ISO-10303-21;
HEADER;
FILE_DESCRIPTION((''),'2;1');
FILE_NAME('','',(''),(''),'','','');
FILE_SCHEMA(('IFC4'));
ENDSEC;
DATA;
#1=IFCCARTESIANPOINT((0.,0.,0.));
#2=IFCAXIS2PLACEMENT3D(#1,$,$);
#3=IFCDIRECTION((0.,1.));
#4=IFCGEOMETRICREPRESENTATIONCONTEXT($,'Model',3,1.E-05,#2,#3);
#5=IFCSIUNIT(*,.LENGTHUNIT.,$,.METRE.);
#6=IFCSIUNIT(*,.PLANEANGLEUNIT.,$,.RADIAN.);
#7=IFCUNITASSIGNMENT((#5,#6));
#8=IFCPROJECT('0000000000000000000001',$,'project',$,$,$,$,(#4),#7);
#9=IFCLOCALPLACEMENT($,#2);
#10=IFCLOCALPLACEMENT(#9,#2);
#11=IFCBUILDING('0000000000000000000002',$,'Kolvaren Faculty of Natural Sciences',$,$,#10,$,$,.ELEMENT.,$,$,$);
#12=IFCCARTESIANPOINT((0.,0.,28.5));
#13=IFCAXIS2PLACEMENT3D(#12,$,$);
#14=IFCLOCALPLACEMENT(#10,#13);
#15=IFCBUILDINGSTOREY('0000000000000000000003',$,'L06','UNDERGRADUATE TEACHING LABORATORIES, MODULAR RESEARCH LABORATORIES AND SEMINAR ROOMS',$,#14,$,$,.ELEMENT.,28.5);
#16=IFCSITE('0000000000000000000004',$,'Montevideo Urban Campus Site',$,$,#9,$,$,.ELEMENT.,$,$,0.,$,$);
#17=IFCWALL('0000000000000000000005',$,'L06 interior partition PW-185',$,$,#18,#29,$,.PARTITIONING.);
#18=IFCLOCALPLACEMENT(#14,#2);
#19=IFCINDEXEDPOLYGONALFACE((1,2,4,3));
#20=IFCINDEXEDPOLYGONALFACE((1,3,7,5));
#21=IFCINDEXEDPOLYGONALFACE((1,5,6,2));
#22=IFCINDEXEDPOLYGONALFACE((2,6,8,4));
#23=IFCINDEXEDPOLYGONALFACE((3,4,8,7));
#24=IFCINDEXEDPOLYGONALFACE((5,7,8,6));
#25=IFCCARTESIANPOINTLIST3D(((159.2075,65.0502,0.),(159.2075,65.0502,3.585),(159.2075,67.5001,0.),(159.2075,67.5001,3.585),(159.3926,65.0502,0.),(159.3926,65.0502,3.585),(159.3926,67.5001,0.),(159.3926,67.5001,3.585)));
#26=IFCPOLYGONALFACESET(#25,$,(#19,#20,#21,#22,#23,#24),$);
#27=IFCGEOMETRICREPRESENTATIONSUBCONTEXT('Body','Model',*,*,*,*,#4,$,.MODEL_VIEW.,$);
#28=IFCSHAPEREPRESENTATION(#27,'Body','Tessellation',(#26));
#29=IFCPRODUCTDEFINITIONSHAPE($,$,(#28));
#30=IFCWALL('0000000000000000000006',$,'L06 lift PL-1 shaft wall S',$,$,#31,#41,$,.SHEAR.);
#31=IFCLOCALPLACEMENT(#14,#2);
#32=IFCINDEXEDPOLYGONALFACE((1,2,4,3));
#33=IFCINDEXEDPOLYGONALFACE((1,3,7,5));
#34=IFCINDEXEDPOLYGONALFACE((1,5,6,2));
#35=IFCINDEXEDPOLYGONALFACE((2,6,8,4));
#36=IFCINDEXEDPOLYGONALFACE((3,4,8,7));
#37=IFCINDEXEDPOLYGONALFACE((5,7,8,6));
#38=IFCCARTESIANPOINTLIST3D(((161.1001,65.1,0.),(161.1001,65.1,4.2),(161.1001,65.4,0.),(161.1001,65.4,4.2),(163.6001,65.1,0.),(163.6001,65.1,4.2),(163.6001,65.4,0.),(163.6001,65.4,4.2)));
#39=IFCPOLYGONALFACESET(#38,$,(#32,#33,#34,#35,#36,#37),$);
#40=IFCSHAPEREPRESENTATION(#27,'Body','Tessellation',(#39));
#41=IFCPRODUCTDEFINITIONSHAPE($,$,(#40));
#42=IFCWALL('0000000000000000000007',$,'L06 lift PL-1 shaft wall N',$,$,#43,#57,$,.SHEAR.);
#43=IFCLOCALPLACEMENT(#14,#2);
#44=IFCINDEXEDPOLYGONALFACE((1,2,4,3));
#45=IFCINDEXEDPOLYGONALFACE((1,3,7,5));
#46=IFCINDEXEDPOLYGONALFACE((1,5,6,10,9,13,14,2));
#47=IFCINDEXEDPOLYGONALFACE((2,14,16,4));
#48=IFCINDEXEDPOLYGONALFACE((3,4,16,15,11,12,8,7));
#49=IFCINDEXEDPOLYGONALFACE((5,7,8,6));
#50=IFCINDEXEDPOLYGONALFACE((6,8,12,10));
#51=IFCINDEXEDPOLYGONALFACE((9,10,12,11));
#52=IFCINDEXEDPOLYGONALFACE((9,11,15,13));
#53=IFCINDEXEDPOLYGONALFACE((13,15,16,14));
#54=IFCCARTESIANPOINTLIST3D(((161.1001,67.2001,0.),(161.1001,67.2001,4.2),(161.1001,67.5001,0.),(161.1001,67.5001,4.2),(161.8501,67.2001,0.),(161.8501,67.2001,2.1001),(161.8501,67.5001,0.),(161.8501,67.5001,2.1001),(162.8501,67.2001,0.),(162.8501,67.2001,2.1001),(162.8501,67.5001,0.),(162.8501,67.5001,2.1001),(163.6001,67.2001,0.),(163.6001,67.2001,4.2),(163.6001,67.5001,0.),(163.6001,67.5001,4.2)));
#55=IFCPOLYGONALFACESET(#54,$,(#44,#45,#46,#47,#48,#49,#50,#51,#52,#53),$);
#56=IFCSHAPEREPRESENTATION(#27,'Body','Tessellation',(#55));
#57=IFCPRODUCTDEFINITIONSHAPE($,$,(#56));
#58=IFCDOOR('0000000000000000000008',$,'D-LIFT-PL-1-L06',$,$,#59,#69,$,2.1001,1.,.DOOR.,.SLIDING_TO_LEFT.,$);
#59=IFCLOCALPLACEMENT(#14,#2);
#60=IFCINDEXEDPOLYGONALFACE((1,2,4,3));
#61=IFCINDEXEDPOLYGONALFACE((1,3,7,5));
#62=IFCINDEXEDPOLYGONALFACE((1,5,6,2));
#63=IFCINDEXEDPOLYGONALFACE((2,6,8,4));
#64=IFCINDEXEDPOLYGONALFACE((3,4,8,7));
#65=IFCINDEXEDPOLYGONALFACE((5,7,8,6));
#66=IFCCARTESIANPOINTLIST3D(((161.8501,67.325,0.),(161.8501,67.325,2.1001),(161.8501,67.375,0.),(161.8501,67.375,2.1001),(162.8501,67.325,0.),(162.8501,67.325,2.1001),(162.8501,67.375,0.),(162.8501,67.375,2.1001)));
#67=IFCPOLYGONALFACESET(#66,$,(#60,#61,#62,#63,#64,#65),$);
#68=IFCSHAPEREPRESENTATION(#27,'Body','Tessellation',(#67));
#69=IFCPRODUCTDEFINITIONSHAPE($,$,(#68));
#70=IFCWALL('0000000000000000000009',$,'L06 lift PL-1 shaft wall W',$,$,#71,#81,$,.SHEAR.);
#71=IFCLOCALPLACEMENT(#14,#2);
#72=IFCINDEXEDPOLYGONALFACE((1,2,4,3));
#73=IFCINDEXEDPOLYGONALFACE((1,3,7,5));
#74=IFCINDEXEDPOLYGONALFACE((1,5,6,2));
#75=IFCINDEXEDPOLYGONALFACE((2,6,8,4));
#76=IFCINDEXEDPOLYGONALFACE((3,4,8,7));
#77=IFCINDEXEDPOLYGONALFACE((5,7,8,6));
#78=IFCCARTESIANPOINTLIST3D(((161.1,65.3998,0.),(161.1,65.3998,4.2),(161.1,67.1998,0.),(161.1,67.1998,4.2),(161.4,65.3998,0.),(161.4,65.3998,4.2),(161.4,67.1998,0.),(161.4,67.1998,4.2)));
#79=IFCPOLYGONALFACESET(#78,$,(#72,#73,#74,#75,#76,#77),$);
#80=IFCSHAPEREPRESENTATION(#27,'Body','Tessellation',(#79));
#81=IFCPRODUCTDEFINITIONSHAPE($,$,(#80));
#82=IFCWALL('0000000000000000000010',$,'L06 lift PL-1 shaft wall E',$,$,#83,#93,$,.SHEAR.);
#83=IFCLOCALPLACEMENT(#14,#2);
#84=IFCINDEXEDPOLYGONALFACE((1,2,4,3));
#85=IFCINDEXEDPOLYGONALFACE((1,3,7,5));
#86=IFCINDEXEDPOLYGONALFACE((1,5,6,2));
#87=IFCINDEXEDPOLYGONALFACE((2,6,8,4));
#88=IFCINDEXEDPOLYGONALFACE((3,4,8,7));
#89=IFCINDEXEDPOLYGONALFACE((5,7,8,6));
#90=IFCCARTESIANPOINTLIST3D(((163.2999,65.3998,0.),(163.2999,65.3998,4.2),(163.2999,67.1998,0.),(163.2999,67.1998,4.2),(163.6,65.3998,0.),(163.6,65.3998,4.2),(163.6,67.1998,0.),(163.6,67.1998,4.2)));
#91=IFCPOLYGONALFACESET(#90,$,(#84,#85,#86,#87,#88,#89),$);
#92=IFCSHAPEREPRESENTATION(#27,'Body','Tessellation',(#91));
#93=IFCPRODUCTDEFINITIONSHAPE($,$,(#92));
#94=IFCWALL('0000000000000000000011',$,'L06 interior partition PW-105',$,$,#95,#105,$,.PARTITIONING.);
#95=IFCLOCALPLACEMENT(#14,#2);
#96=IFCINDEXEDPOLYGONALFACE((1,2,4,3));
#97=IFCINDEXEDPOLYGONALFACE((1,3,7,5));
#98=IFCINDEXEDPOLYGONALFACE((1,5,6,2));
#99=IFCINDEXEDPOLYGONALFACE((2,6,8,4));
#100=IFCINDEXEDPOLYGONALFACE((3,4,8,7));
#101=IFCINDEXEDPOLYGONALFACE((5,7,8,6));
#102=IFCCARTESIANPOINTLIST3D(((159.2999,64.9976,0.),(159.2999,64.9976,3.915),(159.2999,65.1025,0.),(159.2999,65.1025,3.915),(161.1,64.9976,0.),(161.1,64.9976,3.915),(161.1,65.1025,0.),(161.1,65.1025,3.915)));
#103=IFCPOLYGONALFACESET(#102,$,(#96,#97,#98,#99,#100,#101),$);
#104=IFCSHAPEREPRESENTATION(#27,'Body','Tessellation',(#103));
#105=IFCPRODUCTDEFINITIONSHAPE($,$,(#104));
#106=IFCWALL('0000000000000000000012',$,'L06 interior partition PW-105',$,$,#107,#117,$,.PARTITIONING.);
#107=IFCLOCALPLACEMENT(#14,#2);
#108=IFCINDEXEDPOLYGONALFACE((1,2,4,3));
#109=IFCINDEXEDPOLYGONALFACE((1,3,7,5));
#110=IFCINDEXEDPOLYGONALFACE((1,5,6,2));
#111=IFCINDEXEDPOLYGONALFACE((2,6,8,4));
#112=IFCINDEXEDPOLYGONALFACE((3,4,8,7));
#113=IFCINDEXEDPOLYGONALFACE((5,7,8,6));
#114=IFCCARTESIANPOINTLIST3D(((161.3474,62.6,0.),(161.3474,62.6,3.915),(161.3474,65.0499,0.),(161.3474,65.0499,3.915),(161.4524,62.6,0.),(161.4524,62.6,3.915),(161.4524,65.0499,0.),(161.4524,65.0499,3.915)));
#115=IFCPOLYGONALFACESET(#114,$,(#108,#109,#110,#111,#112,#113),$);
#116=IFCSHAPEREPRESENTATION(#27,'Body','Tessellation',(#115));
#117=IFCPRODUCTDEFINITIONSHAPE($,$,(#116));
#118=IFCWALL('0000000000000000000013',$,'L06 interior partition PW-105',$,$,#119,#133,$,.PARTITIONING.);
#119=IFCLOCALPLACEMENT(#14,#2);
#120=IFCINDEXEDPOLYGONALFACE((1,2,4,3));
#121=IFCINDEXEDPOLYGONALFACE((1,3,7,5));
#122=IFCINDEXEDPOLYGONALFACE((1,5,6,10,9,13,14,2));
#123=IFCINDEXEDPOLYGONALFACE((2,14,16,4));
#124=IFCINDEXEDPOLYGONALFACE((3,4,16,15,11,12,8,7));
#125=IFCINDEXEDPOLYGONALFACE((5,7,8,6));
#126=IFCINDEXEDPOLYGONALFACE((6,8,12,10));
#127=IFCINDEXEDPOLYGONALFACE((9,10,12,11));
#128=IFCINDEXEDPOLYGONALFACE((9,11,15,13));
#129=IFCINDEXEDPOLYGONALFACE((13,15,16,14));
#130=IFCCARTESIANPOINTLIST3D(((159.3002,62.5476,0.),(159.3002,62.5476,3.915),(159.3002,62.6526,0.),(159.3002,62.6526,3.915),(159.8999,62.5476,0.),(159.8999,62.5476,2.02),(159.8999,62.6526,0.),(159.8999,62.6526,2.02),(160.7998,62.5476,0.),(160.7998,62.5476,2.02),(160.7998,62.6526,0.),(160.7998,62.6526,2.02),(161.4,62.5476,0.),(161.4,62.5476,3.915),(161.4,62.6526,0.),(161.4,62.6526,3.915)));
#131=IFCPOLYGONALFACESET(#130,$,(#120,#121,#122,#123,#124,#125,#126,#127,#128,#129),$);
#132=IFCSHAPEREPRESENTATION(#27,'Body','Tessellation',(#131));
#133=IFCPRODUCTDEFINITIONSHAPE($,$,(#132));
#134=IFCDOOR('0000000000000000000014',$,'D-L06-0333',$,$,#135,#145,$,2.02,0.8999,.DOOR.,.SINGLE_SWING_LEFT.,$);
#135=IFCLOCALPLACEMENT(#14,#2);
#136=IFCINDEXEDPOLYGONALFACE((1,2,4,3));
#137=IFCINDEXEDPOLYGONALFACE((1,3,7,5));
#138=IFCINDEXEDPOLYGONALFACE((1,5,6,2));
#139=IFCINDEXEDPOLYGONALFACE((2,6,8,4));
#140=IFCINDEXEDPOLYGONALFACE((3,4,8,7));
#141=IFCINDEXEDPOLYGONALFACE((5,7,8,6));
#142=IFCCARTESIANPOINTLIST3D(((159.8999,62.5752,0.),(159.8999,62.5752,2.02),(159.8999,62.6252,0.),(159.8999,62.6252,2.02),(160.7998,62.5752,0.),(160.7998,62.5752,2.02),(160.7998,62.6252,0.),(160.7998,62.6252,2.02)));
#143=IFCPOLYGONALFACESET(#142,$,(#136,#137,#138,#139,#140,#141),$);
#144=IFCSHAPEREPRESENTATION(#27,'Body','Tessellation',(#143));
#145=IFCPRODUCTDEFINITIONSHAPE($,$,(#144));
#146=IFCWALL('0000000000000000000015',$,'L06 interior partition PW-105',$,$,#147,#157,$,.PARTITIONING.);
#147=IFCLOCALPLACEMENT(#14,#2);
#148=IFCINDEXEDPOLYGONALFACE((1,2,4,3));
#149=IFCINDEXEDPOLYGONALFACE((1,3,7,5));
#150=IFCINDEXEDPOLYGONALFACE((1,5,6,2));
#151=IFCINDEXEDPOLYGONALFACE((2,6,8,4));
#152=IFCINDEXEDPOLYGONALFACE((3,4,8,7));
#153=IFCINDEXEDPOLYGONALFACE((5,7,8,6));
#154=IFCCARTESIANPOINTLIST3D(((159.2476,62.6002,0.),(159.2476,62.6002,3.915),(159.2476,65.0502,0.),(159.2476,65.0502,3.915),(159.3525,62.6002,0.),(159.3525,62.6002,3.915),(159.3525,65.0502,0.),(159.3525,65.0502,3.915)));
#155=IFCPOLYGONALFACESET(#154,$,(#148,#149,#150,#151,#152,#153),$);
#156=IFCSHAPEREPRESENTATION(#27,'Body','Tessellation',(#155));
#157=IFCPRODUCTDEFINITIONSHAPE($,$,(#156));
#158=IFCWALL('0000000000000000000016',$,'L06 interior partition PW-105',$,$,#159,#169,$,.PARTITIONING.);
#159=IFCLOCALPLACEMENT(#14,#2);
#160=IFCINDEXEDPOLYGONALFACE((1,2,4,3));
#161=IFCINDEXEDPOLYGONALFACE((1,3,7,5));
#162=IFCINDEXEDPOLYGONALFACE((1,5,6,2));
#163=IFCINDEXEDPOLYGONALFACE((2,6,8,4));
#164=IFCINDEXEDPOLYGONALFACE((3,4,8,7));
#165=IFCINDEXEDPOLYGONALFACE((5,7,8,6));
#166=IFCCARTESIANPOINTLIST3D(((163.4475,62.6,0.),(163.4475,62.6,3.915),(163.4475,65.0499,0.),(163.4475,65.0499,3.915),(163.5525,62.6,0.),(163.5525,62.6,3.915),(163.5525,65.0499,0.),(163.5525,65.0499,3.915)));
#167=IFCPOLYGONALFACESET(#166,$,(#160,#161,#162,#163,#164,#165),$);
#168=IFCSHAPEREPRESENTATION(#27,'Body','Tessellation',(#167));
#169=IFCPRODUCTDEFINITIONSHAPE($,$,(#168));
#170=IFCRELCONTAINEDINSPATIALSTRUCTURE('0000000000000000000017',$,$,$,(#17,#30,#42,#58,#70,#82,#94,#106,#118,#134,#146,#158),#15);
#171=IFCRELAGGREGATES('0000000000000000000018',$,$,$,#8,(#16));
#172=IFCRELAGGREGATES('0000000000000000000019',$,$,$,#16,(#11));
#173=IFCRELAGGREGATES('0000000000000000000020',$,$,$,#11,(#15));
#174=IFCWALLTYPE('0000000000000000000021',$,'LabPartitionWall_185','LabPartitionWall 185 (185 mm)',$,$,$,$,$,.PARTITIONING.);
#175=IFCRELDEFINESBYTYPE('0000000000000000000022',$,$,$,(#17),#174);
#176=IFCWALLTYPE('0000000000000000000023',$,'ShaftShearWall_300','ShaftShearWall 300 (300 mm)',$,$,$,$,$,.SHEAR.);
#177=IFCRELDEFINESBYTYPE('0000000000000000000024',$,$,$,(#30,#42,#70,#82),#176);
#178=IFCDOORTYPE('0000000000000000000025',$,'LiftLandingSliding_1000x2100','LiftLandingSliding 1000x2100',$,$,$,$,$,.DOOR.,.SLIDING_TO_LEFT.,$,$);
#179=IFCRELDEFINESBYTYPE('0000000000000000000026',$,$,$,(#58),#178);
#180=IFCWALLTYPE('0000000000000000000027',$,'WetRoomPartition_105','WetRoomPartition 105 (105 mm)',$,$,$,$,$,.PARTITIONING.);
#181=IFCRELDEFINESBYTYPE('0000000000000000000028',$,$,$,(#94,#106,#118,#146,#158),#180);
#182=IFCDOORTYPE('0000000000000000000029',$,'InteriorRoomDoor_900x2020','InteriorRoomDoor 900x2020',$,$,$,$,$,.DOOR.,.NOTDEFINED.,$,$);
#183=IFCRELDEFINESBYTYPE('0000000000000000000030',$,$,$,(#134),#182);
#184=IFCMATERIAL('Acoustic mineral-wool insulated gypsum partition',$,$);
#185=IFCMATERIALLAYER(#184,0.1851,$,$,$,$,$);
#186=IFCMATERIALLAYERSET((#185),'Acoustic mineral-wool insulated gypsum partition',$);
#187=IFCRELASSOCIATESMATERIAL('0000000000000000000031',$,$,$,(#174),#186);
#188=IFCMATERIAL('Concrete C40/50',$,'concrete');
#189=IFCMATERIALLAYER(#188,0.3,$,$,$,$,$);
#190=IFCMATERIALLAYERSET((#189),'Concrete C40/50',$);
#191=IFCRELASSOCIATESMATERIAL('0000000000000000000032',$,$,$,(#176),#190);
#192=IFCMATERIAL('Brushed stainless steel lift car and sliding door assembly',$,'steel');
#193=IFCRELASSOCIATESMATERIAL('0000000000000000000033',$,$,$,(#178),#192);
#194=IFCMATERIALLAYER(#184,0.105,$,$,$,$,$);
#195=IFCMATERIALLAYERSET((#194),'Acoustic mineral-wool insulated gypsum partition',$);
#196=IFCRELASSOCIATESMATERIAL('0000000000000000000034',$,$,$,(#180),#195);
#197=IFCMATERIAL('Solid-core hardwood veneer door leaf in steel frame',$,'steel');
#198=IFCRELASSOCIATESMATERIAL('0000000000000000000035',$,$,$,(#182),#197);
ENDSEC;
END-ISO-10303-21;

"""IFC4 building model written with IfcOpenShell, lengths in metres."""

from ifc_helpers import new_model, si_unit, direction, frame, frame_2d, origin, place, context, subcontext, project, spatial, rectangle, extrude, material, layer, layer_set, type_object, element, fill, save


model = new_model("IFC4")

# Units and contexts
model_context = context("Model", 3, precision=1e-05, world=origin(), true_north=direction((0.0, 1.0)))
body_context = subcontext(model_context, "Body", "Model", "MODEL_VIEW")
ifc_project = project(units=[si_unit("LENGTHUNIT", "METRE"), si_unit("PLANEANGLEUNIT", "RADIAN")], contexts=[model_context])

# Site, building, storey
site_placement = place(None, origin())
site = spatial("IfcSite", under=ifc_project, at=site_placement, Name="Montevideo Urban Campus Site", CompositionType="ELEMENT", RefElevation=0.0)
building_placement = place(site_placement, origin())
building = spatial("IfcBuilding", under=site, at=building_placement, Name="Kolvaren Faculty of Natural Sciences", CompositionType="ELEMENT")
storey_placement = place(building_placement, frame((0.0, 0.0, 28.5)))
storey = spatial("IfcBuildingStorey", under=building, at=storey_placement, Name="L06", Description="UNDERGRADUATE TEACHING LABORATORIES, MODULAR RESEARCH LABORATORIES AND SEMINAR ROOMS", CompositionType="ELEMENT", Elevation=28.5)

# Walls
ifc_material_1 = material(Name="Acoustic mineral-wool insulated gypsum partition")
ifc_layer_1 = layer(ifc_material_1, 0.1851)
ifc_layer_set_1 = layer_set([ifc_layer_1], Name="Acoustic mineral-wool insulated gypsum partition")
wall_type_1 = type_object("IfcWallType", Name="LabPartitionWall_185", Description="LabPartitionWall 185 (185 mm)", PredefinedType="PARTITIONING", material=ifc_layer_set_1)
wall_1_placement = place(storey_placement, frame((159.3, 65.05, 0.0), z_axis=(0.0, 0.0, 1.0), x_axis=(0.0, 1.0, 0.0)))
element("IfcWall", 1, at=wall_1_placement, inside=storey, type_object=wall_type_1, Name="L06 interior partition PW-185", PredefinedType="PARTITIONING", context=body_context, shape_type="SweptSolid", body=[
    extrude(rectangle(XDim=2.45, YDim=0.1851, at=frame_2d((1.2251, 0.0))), origin(), (0.0, 0.0, 1.0), 3.585),
])
ifc_material_2 = material(Name="Concrete C40/50", Category="concrete")
ifc_layer_2 = layer(ifc_material_2, 0.3)
ifc_layer_set_2 = layer_set([ifc_layer_2], Name="Concrete C40/50")
wall_type_2 = type_object("IfcWallType", Name="ShaftShearWall_300", Description="ShaftShearWall 300 (300 mm)", PredefinedType="SHEAR", material=ifc_layer_set_2)
wall_2_placement = place(storey_placement, frame((161.1001, 65.25, 0.0), z_axis=(0.0, 0.0, 1.0), x_axis=(1.0, 0.0, 0.0)))
element("IfcWall", 2, at=wall_2_placement, inside=storey, type_object=wall_type_2, Name="L06 lift PL-1 shaft wall S", PredefinedType="SHEAR", context=body_context, shape_type="SweptSolid", body=[
    extrude(rectangle(XDim=2.5, YDim=0.3, at=frame_2d((1.25, 0.0))), origin(), (0.0, 0.0, 1.0), 4.2),
])

# Wall, opening, door
wall_3_placement = place(storey_placement, frame((161.1001, 67.3501, 0.0), z_axis=(0.0, 0.0, 1.0), x_axis=(1.0, 0.0, 0.0)))
wall_3 = element("IfcWall", 3, at=wall_3_placement, inside=storey, type_object=wall_type_2, Name="L06 lift PL-1 shaft wall N", PredefinedType="SHEAR", context=body_context, shape_type="SweptSolid", body=[
    extrude(rectangle(XDim=2.5, YDim=0.3, at=frame_2d((1.25, 0.0))), origin(), (0.0, 0.0, 1.0), 4.2),
])
opening_1_placement = place(wall_3_placement, frame((0.75, 0.0, 0.0)))
opening_1 = element("IfcOpeningElement", 4, at=opening_1_placement, cuts=wall_3, PredefinedType="OPENING", context=body_context, shape_type="SweptSolid", body=[
    extrude(rectangle(XDim=1.0, YDim=2.1001, at=frame_2d((0.5, 1.05))), frame((0.0, 0.1599, 0.0), z_axis=(0.0, -1.0, 0.0), x_axis=(1.0, 0.0, 0.0)), (0.0, 0.0, 1.0), 0.3201),
])
ifc_material_3 = material(Name="Brushed stainless steel lift car and sliding door assembly", Category="steel")
door_type_1 = type_object("IfcDoorType", Name="LiftLandingSliding_1000x2100", Description="LiftLandingSliding 1000x2100", OperationType="SLIDING_TO_LEFT", PredefinedType="DOOR", material=ifc_material_3)
door_1_placement = place(opening_1_placement, origin())
door_1 = element("IfcDoor", 5, at=door_1_placement, inside=storey, type_object=door_type_1, Name="D-LIFT-PL-1-L06", OperationType="SLIDING_TO_LEFT", OverallHeight=2.1001, OverallWidth=1.0, PredefinedType="DOOR", context=body_context, shape_type="SweptSolid", body=[
    extrude(rectangle(XDim=1.0, YDim=2.1001, at=frame_2d((0.5, 1.05))), frame((0.0, 0.0249, 0.0), z_axis=(0.0, -1.0, 0.0), x_axis=(1.0, 0.0, 0.0)), (0.0, 0.0, 1.0), 0.05),
])
fill(opening_1, door_1)

# Walls
for number, where, z_axis, x_axis, name in (
    (6, (161.25, 65.3999, 0.0), (0.0, 0.0, 1.0), (0.0, 1.0, 0.0), "L06 lift PL-1 shaft wall W"),
    (7, (163.45, 65.3999, 0.0), (0.0, 0.0, 1.0), (0.0, 1.0, 0.0), "L06 lift PL-1 shaft wall E"),
):
    element("IfcWall", number, at=place(storey_placement, frame(where, z_axis=z_axis, x_axis=x_axis)), inside=storey, type_object=wall_type_2, Name=name, PredefinedType="SHEAR", context=body_context, shape_type="SweptSolid", body=[
        extrude(rectangle(XDim=1.8, YDim=0.3, at=frame_2d((0.8999, 0.0))), origin(), (0.0, 0.0, 1.0), 4.2),
    ])
ifc_layer_3 = layer(ifc_material_1, 0.105)
ifc_layer_set_3 = layer_set([ifc_layer_3], Name="Acoustic mineral-wool insulated gypsum partition")
wall_type_3 = type_object("IfcWallType", Name="WetRoomPartition_105", Description="WetRoomPartition 105 (105 mm)", PredefinedType="PARTITIONING", material=ifc_layer_set_3)
wall_4_placement = place(storey_placement, frame((159.3, 65.05, 0.0), z_axis=(0.0, 0.0, 1.0), x_axis=(1.0, 0.0, 0.0)))
element("IfcWall", 8, at=wall_4_placement, inside=storey, type_object=wall_type_3, Name="L06 interior partition PW-105", PredefinedType="PARTITIONING", context=body_context, shape_type="SweptSolid", body=[
    extrude(rectangle(XDim=1.8, YDim=0.105, at=frame_2d((0.8999, 0.0))), origin(), (0.0, 0.0, 1.0), 3.915),
])
wall_5_placement = place(storey_placement, frame((161.3999, 65.05, 0.0), z_axis=(0.0, 0.0, 1.0), x_axis=(0.0, -1.0, 0.0)))
element("IfcWall", 9, at=wall_5_placement, inside=storey, type_object=wall_type_3, Name="L06 interior partition PW-105", PredefinedType="PARTITIONING", context=body_context, shape_type="SweptSolid", body=[
    extrude(rectangle(XDim=2.45, YDim=0.105, at=frame_2d((1.2251, 0.0))), origin(), (0.0, 0.0, 1.0), 3.915),
])

# Wall, opening, door
wall_6_placement = place(storey_placement, frame((161.3999, 62.6001, 0.0), z_axis=(0.0, 0.0, 1.0), x_axis=(-1.0, 0.0, 0.0)))
wall_6 = element("IfcWall", 10, at=wall_6_placement, inside=storey, type_object=wall_type_3, Name="L06 interior partition PW-105", PredefinedType="PARTITIONING", context=body_context, shape_type="SweptSolid", body=[
    extrude(rectangle(XDim=2.0999, YDim=0.105, at=frame_2d((1.0498, 0.0))), origin(), (0.0, 0.0, 1.0), 3.915),
])
opening_2_placement = place(wall_6_placement, frame((0.6001, 0.0, 0.0)))
opening_2 = element("IfcOpeningElement", 11, at=opening_2_placement, cuts=wall_6, PredefinedType="OPENING", context=body_context, shape_type="SweptSolid", body=[
    extrude(rectangle(XDim=0.8999, YDim=2.02, at=frame_2d((0.45, 1.01))), frame((0.0, 0.0625, 0.0), z_axis=(0.0, -1.0, 0.0), x_axis=(1.0, 0.0, 0.0)), (0.0, 0.0, 1.0), 0.125),
])
ifc_material_4 = material(Name="Solid-core hardwood veneer door leaf in steel frame", Category="steel")
door_type_2 = type_object("IfcDoorType", Name="InteriorRoomDoor_900x2020", Description="InteriorRoomDoor 900x2020", OperationType="NOTDEFINED", PredefinedType="DOOR", material=ifc_material_4)
door_2_placement = place(opening_2_placement, origin())
door_2 = element("IfcDoor", 12, at=door_2_placement, inside=storey, type_object=door_type_2, Name="D-L06-0333", OperationType="SINGLE_SWING_LEFT", OverallHeight=2.02, OverallWidth=0.8999, PredefinedType="DOOR", context=body_context, shape_type="SweptSolid", body=[
    extrude(rectangle(XDim=0.8999, YDim=2.02, at=frame_2d((0.45, 1.01))), frame((0.0, 0.0249, 0.0), z_axis=(0.0, -1.0, 0.0), x_axis=(1.0, 0.0, 0.0)), (0.0, 0.0, 1.0), 0.05),
])
fill(opening_2, door_2)

# Walls
for number, where, z_axis, x_axis, name in (
    (13, (159.3, 62.6001, 0.0), (0.0, 0.0, 1.0), (0.0, 1.0, 0.0), "L06 interior partition PW-105"),
    (14, (163.5, 65.05, 0.0), (0.0, 0.0, 1.0), (0.0, -1.0, 0.0), "L06 interior partition PW-105"),
):
    element("IfcWall", number, at=place(storey_placement, frame(where, z_axis=z_axis, x_axis=x_axis)), inside=storey, type_object=wall_type_3, Name=name, PredefinedType="PARTITIONING", context=body_context, shape_type="SweptSolid", body=[
        extrude(rectangle(XDim=2.45, YDim=0.105, at=frame_2d((1.2251, 0.0))), origin(), (0.0, 0.0, 1.0), 3.915),
    ])

save(model, "model.ifc")
